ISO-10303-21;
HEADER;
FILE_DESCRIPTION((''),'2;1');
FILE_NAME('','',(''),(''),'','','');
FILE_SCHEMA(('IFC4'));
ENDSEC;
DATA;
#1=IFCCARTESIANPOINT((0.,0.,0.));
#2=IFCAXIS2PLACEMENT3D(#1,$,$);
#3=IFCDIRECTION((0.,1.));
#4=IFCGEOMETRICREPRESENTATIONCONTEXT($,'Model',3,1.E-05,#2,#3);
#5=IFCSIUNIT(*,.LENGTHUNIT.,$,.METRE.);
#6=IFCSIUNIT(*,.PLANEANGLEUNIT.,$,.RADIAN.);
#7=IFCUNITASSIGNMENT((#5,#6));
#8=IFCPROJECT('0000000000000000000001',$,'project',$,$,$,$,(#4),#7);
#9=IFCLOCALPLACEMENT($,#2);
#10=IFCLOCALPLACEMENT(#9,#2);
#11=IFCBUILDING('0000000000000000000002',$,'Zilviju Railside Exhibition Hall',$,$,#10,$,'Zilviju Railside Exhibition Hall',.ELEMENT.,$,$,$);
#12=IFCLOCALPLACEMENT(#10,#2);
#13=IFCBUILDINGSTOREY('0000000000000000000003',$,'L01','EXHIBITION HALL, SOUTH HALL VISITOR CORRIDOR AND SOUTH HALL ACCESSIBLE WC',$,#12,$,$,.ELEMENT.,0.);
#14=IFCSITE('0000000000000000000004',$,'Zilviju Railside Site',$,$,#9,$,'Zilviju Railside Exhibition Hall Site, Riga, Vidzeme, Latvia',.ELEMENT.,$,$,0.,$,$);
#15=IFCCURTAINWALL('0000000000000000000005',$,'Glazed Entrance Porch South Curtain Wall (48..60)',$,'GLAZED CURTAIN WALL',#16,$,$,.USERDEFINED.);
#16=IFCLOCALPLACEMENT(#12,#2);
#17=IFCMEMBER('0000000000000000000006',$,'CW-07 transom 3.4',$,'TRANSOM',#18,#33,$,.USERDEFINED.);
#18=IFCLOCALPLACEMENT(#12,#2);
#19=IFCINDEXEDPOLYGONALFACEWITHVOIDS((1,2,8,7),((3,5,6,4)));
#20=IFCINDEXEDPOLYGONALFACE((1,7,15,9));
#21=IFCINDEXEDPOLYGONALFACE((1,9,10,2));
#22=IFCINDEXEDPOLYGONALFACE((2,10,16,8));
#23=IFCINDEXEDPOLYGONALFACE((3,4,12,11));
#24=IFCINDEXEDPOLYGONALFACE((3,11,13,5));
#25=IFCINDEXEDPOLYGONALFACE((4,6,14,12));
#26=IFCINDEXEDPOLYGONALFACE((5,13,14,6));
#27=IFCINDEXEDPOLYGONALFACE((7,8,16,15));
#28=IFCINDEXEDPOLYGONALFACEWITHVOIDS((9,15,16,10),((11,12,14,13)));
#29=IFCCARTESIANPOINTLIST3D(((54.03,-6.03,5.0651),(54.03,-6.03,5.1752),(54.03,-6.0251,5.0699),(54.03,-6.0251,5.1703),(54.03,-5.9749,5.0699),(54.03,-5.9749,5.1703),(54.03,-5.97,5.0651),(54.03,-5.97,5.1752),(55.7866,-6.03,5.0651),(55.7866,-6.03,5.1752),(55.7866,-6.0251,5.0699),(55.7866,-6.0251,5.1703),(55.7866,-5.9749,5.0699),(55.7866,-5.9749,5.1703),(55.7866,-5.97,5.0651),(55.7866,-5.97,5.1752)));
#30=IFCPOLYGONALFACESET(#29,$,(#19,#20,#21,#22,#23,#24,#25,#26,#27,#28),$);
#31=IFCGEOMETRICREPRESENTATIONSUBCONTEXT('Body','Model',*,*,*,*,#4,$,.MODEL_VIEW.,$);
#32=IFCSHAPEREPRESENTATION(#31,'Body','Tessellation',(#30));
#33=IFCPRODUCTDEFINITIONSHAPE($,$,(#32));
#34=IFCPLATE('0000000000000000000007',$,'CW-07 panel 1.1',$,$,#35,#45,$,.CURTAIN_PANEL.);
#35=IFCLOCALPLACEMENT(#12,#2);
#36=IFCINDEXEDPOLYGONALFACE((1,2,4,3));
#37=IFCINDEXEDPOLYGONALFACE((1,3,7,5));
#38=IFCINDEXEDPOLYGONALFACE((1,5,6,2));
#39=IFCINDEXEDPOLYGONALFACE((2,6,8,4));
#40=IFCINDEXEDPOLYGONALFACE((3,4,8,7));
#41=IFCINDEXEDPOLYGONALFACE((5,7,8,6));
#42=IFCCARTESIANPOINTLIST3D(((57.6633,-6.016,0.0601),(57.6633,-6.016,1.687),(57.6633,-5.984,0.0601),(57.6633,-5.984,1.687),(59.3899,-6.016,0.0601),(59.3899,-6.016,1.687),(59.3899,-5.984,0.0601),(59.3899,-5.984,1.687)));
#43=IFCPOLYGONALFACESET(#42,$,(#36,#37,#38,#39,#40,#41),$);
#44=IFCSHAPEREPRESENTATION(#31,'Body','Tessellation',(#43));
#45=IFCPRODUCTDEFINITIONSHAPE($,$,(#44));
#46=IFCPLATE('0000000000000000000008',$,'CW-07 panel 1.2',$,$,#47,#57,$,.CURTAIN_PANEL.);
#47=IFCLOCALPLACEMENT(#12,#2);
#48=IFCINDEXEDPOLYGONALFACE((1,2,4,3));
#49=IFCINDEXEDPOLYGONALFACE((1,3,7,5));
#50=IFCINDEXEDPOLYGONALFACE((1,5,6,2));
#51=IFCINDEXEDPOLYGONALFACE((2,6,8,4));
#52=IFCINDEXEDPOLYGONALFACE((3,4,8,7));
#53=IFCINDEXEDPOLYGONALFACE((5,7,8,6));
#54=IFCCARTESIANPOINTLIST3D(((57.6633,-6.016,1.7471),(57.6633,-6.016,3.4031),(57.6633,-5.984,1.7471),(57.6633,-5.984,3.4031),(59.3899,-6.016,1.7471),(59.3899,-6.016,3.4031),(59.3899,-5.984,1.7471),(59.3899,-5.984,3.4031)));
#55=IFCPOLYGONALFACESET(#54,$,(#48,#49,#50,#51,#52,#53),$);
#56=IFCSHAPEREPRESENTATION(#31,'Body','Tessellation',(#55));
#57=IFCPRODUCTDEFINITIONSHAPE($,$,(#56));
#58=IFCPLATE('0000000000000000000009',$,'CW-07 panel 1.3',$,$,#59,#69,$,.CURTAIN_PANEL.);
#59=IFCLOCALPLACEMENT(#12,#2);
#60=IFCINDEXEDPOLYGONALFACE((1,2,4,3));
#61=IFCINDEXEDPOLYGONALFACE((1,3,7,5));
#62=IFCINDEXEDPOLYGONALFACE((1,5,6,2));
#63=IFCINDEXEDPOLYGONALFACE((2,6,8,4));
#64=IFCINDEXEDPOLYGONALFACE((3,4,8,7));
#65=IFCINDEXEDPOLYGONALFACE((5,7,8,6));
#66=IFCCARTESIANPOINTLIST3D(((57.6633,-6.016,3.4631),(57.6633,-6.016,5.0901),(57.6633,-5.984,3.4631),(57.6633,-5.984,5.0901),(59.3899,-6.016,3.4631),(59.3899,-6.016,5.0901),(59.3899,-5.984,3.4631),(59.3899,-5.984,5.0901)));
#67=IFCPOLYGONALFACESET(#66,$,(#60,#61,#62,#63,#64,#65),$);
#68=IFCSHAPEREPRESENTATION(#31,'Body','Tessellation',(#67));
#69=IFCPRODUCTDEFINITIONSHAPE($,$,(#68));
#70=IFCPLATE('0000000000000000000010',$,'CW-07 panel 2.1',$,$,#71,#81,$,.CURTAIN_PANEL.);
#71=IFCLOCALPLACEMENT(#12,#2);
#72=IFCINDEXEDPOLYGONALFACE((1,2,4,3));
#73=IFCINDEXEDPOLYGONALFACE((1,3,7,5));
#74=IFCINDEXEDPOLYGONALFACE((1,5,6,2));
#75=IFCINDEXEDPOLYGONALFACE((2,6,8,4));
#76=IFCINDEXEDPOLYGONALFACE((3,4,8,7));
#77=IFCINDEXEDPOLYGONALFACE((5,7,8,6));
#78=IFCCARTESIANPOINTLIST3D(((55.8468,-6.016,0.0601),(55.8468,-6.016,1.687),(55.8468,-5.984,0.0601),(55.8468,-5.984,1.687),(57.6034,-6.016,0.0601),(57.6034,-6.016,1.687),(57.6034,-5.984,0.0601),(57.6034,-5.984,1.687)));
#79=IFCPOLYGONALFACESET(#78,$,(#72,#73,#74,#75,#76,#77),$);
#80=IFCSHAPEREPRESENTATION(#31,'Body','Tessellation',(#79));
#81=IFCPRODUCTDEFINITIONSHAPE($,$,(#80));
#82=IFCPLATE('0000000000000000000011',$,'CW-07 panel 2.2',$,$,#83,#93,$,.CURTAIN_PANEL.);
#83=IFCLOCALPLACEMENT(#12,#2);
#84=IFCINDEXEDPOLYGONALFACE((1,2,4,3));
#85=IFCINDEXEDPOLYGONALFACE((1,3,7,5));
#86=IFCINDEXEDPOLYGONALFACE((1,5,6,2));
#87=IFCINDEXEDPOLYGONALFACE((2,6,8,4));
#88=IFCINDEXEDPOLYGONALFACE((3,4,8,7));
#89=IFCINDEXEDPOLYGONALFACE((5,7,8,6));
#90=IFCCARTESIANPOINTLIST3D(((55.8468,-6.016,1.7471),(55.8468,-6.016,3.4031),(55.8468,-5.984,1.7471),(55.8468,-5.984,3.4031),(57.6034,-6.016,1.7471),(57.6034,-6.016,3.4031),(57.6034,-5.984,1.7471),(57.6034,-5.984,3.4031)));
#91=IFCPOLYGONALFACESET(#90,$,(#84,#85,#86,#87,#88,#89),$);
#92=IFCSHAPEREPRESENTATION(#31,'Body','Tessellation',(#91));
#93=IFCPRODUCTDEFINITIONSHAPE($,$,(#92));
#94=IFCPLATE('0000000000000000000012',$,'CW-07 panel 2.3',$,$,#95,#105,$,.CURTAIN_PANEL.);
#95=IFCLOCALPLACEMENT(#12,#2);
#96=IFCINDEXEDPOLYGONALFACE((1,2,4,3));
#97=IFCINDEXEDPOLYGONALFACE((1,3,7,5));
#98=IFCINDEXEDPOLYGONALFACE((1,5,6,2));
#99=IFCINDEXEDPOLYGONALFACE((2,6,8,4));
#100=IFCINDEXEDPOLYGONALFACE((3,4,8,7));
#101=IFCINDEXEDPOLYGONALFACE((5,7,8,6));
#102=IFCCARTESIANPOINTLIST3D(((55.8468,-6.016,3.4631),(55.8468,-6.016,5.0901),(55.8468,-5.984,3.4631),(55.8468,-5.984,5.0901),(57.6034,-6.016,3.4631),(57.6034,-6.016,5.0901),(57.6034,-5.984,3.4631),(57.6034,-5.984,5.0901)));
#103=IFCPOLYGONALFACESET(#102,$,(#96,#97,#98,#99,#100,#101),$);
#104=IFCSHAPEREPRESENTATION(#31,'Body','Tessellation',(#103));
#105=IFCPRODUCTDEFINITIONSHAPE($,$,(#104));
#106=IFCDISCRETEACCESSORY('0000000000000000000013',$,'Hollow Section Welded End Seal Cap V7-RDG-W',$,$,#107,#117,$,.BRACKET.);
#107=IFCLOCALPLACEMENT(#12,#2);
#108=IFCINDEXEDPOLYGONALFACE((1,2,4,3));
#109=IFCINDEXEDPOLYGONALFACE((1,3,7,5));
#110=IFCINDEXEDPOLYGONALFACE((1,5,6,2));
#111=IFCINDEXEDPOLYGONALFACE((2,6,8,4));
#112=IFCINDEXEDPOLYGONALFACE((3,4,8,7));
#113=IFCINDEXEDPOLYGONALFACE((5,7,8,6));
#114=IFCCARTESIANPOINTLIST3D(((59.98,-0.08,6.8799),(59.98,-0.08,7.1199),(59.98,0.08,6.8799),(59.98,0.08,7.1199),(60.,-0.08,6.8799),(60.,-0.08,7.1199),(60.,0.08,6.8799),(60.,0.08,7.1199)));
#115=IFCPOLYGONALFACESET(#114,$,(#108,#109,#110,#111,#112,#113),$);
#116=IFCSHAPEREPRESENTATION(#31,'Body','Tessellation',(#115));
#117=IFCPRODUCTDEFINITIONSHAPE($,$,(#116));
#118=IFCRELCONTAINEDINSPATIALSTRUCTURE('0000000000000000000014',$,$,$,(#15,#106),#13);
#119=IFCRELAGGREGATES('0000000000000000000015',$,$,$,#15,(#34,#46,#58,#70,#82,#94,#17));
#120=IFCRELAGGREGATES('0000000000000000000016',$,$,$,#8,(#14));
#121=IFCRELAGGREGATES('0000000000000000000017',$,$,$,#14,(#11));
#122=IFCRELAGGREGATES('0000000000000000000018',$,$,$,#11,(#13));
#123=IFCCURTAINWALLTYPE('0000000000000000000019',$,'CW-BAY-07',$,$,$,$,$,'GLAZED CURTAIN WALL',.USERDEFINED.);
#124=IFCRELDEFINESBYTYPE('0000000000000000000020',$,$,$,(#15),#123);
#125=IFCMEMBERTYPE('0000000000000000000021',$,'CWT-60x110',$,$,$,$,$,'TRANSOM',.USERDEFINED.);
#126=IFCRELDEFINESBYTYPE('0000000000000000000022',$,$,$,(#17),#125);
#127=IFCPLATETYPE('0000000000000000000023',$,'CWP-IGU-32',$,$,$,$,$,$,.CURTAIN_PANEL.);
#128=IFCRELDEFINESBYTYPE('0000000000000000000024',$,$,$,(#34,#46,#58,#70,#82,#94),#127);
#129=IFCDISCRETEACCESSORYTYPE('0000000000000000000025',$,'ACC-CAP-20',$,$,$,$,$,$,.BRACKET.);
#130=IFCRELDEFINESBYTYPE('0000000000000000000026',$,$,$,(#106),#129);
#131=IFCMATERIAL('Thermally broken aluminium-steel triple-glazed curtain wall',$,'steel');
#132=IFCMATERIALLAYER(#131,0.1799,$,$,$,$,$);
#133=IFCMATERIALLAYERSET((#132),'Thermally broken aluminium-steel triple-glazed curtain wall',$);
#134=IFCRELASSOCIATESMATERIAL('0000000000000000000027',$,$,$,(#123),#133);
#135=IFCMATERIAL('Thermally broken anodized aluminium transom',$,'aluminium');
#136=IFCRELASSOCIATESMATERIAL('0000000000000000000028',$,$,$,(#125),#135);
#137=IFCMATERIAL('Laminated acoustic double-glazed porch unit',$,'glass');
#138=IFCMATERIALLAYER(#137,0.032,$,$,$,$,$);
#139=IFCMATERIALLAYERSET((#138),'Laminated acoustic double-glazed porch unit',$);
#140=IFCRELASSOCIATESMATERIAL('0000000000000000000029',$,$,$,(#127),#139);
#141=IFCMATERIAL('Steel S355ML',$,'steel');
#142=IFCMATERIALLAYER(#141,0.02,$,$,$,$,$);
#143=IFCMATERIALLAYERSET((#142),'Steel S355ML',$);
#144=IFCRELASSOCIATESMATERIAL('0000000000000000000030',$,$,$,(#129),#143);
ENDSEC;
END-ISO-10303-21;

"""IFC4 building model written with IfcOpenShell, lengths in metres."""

from ifc_helpers import new_model, si_unit, direction, frame, origin, origin_2d, place, context, subcontext, project, spatial, rectangle, hollow_rectangle, extrude, material, layer, layer_set, material_profile, profile_set, type_object, element, aggregate, save


model = new_model("IFC4")

# Units and contexts
model_context = context("Model", 3, precision=1e-05, world=origin(), true_north=direction((0.0, 1.0)))
body_context = subcontext(model_context, "Body", "Model", "MODEL_VIEW")
ifc_project = project(units=[si_unit("LENGTHUNIT", "METRE"), si_unit("PLANEANGLEUNIT", "RADIAN")], contexts=[model_context])

# Site, building, storey
site_placement = place(None, origin())
site = spatial("IfcSite", under=ifc_project, at=site_placement, Name="Zilviju Railside Site", LongName="Zilviju Railside Exhibition Hall Site, Riga, Vidzeme, Latvia", CompositionType="ELEMENT", RefElevation=0.0)
building_placement = place(site_placement, origin())
building = spatial("IfcBuilding", under=site, at=building_placement, Name="Zilviju Railside Exhibition Hall", LongName="Zilviju Railside Exhibition Hall", CompositionType="ELEMENT")
storey_placement = place(building_placement, origin())
storey = spatial("IfcBuildingStorey", under=building, at=storey_placement, Name="L01", Description="EXHIBITION HALL, SOUTH HALL VISITOR CORRIDOR AND SOUTH HALL ACCESSIBLE WC", CompositionType="ELEMENT", Elevation=0.0)

# Curtain wall, member, plates
ifc_material_1 = material(Name="Thermally broken aluminium-steel triple-glazed curtain wall", Category="steel")
ifc_layer_1 = layer(ifc_material_1, 0.1799)
ifc_layer_set_1 = layer_set([ifc_layer_1], Name="Thermally broken aluminium-steel triple-glazed curtain wall")
curtain_wall_type = type_object("IfcCurtainWallType", Name="CW-BAY-07", ElementType="GLAZED CURTAIN WALL", PredefinedType="USERDEFINED", material=ifc_layer_set_1)
curtain_wall_placement = place(storey_placement, origin())
curtain_wall = element("IfcCurtainWall", 1, at=curtain_wall_placement, inside=storey, type_object=curtain_wall_type, Name="Glazed Entrance Porch South Curtain Wall (48..60)", ObjectType="GLAZED CURTAIN WALL", PredefinedType="USERDEFINED")
ifc_material_2 = material(Name="Thermally broken anodized aluminium transom", Category="aluminium")
ifc_material_profile_1 = material_profile(ifc_material_2, hollow_rectangle(XDim=0.0601, YDim=0.1101, WallThickness=0.0049, at=origin_2d()), Name="TRANSOM 110x60x5")
ifc_profile_set_1 = profile_set([ifc_material_profile_1], Name="Thermally broken anodized aluminium transom")
member_type_1 = type_object("IfcMemberType", Name="CWT-60x110", ElementType="TRANSOM", PredefinedType="USERDEFINED", material=ifc_profile_set_1)
member_1_placement = place(storey_placement, frame((55.7866, -6.0, 5.1201), z_axis=(-1.0, 0.0, 0.0), x_axis=(0.0, -1.0, 0.0)))
member_1 = element("IfcMember", 2, at=member_1_placement, type_object=member_type_1, Name="CW-07 transom 3.4", ObjectType="TRANSOM", PredefinedType="USERDEFINED", context=body_context, shape_type="SweptSolid", body=[
    extrude(hollow_rectangle(XDim=0.0601, YDim=0.1101, WallThickness=0.0049, at=origin_2d()), origin(), (0.0, 0.0, 1.0), 1.7566),
])
ifc_material_3 = material(Name="Laminated acoustic double-glazed porch unit", Category="glass")
ifc_layer_2 = layer(ifc_material_3, 0.032)
ifc_layer_set_2 = layer_set([ifc_layer_2], Name="Laminated acoustic double-glazed porch unit")
plate_type = type_object("IfcPlateType", Name="CWP-IGU-32", PredefinedType="CURTAIN_PANEL", material=ifc_layer_set_2)
plate_1_placement = place(storey_placement, frame((58.5266, -6.0, 0.0601), z_axis=(0.0, 0.0, 1.0), x_axis=(-1.0, 0.0, 0.0)))
plate_1 = element("IfcPlate", 3, at=plate_1_placement, type_object=plate_type, Name="CW-07 panel 1.1", PredefinedType="CURTAIN_PANEL", context=body_context, shape_type="SweptSolid", body=[
    extrude(rectangle(XDim=1.7266, YDim=0.032, at=origin_2d()), origin(), (0.0, 0.0, 1.0), 1.627),
])
plate_2_placement = place(storey_placement, frame((58.5266, -6.0, 1.7471), z_axis=(0.0, 0.0, 1.0), x_axis=(-1.0, 0.0, 0.0)))
plate_2 = element("IfcPlate", 4, at=plate_2_placement, type_object=plate_type, Name="CW-07 panel 1.2", PredefinedType="CURTAIN_PANEL", context=body_context, shape_type="SweptSolid", body=[
    extrude(rectangle(XDim=1.7266, YDim=0.032, at=origin_2d()), origin(), (0.0, 0.0, 1.0), 1.656),
])
plate_3_placement = place(storey_placement, frame((58.5266, -6.0, 3.4631), z_axis=(0.0, 0.0, 1.0), x_axis=(-1.0, 0.0, 0.0)))
plate_3 = element("IfcPlate", 5, at=plate_3_placement, type_object=plate_type, Name="CW-07 panel 1.3", PredefinedType="CURTAIN_PANEL", context=body_context, shape_type="SweptSolid", body=[
    extrude(rectangle(XDim=1.7266, YDim=0.032, at=origin_2d()), origin(), (0.0, 0.0, 1.0), 1.627),
])
plate_4_placement = place(storey_placement, frame((56.7251, -6.0, 0.0601), z_axis=(0.0, 0.0, 1.0), x_axis=(-1.0, 0.0, 0.0)))
plate_4 = element("IfcPlate", 6, at=plate_4_placement, type_object=plate_type, Name="CW-07 panel 2.1", PredefinedType="CURTAIN_PANEL", context=body_context, shape_type="SweptSolid", body=[
    extrude(rectangle(XDim=1.7566, YDim=0.032, at=origin_2d()), origin(), (0.0, 0.0, 1.0), 1.627),
])
plate_5_placement = place(storey_placement, frame((56.7251, -6.0, 1.7471), z_axis=(0.0, 0.0, 1.0), x_axis=(-1.0, 0.0, 0.0)))
plate_5 = element("IfcPlate", 7, at=plate_5_placement, type_object=plate_type, Name="CW-07 panel 2.2", PredefinedType="CURTAIN_PANEL", context=body_context, shape_type="SweptSolid", body=[
    extrude(rectangle(XDim=1.7566, YDim=0.032, at=origin_2d()), origin(), (0.0, 0.0, 1.0), 1.656),
])
plate_6_placement = place(storey_placement, frame((56.7251, -6.0, 3.4631), z_axis=(0.0, 0.0, 1.0), x_axis=(-1.0, 0.0, 0.0)))
plate_6 = element("IfcPlate", 8, at=plate_6_placement, type_object=plate_type, Name="CW-07 panel 2.3", PredefinedType="CURTAIN_PANEL", context=body_context, shape_type="SweptSolid", body=[
    extrude(rectangle(XDim=1.7566, YDim=0.032, at=origin_2d()), origin(), (0.0, 0.0, 1.0), 1.627),
])
aggregate(curtain_wall, [plate_1, plate_2, plate_3, plate_4, plate_5, plate_6, member_1])

# Discrete accessory
ifc_material_4 = material(Name="Steel S355ML", Category="steel")
ifc_layer_3 = layer(ifc_material_4, 0.02)
ifc_layer_set_3 = layer_set([ifc_layer_3], Name="Steel S355ML")
discrete_accessory_type = type_object("IfcDiscreteAccessoryType", Name="ACC-CAP-20", PredefinedType="BRACKET", material=ifc_layer_set_3)
discrete_accessory_placement = place(storey_placement, frame((59.99, 0.0, 6.8799), z_axis=(0.0, 0.0, 1.0), x_axis=(1.0, 0.0, 0.0)))
element("IfcDiscreteAccessory", 9, at=discrete_accessory_placement, inside=storey, type_object=discrete_accessory_type, Name="Hollow Section Welded End Seal Cap V7-RDG-W", PredefinedType="BRACKET", context=body_context, shape_type="SweptSolid", body=[
    extrude(rectangle(XDim=0.02, YDim=0.1599, at=origin_2d()), origin(), (0.0, 0.0, 1.0), 0.24),
])

save(model, "model.ifc")
